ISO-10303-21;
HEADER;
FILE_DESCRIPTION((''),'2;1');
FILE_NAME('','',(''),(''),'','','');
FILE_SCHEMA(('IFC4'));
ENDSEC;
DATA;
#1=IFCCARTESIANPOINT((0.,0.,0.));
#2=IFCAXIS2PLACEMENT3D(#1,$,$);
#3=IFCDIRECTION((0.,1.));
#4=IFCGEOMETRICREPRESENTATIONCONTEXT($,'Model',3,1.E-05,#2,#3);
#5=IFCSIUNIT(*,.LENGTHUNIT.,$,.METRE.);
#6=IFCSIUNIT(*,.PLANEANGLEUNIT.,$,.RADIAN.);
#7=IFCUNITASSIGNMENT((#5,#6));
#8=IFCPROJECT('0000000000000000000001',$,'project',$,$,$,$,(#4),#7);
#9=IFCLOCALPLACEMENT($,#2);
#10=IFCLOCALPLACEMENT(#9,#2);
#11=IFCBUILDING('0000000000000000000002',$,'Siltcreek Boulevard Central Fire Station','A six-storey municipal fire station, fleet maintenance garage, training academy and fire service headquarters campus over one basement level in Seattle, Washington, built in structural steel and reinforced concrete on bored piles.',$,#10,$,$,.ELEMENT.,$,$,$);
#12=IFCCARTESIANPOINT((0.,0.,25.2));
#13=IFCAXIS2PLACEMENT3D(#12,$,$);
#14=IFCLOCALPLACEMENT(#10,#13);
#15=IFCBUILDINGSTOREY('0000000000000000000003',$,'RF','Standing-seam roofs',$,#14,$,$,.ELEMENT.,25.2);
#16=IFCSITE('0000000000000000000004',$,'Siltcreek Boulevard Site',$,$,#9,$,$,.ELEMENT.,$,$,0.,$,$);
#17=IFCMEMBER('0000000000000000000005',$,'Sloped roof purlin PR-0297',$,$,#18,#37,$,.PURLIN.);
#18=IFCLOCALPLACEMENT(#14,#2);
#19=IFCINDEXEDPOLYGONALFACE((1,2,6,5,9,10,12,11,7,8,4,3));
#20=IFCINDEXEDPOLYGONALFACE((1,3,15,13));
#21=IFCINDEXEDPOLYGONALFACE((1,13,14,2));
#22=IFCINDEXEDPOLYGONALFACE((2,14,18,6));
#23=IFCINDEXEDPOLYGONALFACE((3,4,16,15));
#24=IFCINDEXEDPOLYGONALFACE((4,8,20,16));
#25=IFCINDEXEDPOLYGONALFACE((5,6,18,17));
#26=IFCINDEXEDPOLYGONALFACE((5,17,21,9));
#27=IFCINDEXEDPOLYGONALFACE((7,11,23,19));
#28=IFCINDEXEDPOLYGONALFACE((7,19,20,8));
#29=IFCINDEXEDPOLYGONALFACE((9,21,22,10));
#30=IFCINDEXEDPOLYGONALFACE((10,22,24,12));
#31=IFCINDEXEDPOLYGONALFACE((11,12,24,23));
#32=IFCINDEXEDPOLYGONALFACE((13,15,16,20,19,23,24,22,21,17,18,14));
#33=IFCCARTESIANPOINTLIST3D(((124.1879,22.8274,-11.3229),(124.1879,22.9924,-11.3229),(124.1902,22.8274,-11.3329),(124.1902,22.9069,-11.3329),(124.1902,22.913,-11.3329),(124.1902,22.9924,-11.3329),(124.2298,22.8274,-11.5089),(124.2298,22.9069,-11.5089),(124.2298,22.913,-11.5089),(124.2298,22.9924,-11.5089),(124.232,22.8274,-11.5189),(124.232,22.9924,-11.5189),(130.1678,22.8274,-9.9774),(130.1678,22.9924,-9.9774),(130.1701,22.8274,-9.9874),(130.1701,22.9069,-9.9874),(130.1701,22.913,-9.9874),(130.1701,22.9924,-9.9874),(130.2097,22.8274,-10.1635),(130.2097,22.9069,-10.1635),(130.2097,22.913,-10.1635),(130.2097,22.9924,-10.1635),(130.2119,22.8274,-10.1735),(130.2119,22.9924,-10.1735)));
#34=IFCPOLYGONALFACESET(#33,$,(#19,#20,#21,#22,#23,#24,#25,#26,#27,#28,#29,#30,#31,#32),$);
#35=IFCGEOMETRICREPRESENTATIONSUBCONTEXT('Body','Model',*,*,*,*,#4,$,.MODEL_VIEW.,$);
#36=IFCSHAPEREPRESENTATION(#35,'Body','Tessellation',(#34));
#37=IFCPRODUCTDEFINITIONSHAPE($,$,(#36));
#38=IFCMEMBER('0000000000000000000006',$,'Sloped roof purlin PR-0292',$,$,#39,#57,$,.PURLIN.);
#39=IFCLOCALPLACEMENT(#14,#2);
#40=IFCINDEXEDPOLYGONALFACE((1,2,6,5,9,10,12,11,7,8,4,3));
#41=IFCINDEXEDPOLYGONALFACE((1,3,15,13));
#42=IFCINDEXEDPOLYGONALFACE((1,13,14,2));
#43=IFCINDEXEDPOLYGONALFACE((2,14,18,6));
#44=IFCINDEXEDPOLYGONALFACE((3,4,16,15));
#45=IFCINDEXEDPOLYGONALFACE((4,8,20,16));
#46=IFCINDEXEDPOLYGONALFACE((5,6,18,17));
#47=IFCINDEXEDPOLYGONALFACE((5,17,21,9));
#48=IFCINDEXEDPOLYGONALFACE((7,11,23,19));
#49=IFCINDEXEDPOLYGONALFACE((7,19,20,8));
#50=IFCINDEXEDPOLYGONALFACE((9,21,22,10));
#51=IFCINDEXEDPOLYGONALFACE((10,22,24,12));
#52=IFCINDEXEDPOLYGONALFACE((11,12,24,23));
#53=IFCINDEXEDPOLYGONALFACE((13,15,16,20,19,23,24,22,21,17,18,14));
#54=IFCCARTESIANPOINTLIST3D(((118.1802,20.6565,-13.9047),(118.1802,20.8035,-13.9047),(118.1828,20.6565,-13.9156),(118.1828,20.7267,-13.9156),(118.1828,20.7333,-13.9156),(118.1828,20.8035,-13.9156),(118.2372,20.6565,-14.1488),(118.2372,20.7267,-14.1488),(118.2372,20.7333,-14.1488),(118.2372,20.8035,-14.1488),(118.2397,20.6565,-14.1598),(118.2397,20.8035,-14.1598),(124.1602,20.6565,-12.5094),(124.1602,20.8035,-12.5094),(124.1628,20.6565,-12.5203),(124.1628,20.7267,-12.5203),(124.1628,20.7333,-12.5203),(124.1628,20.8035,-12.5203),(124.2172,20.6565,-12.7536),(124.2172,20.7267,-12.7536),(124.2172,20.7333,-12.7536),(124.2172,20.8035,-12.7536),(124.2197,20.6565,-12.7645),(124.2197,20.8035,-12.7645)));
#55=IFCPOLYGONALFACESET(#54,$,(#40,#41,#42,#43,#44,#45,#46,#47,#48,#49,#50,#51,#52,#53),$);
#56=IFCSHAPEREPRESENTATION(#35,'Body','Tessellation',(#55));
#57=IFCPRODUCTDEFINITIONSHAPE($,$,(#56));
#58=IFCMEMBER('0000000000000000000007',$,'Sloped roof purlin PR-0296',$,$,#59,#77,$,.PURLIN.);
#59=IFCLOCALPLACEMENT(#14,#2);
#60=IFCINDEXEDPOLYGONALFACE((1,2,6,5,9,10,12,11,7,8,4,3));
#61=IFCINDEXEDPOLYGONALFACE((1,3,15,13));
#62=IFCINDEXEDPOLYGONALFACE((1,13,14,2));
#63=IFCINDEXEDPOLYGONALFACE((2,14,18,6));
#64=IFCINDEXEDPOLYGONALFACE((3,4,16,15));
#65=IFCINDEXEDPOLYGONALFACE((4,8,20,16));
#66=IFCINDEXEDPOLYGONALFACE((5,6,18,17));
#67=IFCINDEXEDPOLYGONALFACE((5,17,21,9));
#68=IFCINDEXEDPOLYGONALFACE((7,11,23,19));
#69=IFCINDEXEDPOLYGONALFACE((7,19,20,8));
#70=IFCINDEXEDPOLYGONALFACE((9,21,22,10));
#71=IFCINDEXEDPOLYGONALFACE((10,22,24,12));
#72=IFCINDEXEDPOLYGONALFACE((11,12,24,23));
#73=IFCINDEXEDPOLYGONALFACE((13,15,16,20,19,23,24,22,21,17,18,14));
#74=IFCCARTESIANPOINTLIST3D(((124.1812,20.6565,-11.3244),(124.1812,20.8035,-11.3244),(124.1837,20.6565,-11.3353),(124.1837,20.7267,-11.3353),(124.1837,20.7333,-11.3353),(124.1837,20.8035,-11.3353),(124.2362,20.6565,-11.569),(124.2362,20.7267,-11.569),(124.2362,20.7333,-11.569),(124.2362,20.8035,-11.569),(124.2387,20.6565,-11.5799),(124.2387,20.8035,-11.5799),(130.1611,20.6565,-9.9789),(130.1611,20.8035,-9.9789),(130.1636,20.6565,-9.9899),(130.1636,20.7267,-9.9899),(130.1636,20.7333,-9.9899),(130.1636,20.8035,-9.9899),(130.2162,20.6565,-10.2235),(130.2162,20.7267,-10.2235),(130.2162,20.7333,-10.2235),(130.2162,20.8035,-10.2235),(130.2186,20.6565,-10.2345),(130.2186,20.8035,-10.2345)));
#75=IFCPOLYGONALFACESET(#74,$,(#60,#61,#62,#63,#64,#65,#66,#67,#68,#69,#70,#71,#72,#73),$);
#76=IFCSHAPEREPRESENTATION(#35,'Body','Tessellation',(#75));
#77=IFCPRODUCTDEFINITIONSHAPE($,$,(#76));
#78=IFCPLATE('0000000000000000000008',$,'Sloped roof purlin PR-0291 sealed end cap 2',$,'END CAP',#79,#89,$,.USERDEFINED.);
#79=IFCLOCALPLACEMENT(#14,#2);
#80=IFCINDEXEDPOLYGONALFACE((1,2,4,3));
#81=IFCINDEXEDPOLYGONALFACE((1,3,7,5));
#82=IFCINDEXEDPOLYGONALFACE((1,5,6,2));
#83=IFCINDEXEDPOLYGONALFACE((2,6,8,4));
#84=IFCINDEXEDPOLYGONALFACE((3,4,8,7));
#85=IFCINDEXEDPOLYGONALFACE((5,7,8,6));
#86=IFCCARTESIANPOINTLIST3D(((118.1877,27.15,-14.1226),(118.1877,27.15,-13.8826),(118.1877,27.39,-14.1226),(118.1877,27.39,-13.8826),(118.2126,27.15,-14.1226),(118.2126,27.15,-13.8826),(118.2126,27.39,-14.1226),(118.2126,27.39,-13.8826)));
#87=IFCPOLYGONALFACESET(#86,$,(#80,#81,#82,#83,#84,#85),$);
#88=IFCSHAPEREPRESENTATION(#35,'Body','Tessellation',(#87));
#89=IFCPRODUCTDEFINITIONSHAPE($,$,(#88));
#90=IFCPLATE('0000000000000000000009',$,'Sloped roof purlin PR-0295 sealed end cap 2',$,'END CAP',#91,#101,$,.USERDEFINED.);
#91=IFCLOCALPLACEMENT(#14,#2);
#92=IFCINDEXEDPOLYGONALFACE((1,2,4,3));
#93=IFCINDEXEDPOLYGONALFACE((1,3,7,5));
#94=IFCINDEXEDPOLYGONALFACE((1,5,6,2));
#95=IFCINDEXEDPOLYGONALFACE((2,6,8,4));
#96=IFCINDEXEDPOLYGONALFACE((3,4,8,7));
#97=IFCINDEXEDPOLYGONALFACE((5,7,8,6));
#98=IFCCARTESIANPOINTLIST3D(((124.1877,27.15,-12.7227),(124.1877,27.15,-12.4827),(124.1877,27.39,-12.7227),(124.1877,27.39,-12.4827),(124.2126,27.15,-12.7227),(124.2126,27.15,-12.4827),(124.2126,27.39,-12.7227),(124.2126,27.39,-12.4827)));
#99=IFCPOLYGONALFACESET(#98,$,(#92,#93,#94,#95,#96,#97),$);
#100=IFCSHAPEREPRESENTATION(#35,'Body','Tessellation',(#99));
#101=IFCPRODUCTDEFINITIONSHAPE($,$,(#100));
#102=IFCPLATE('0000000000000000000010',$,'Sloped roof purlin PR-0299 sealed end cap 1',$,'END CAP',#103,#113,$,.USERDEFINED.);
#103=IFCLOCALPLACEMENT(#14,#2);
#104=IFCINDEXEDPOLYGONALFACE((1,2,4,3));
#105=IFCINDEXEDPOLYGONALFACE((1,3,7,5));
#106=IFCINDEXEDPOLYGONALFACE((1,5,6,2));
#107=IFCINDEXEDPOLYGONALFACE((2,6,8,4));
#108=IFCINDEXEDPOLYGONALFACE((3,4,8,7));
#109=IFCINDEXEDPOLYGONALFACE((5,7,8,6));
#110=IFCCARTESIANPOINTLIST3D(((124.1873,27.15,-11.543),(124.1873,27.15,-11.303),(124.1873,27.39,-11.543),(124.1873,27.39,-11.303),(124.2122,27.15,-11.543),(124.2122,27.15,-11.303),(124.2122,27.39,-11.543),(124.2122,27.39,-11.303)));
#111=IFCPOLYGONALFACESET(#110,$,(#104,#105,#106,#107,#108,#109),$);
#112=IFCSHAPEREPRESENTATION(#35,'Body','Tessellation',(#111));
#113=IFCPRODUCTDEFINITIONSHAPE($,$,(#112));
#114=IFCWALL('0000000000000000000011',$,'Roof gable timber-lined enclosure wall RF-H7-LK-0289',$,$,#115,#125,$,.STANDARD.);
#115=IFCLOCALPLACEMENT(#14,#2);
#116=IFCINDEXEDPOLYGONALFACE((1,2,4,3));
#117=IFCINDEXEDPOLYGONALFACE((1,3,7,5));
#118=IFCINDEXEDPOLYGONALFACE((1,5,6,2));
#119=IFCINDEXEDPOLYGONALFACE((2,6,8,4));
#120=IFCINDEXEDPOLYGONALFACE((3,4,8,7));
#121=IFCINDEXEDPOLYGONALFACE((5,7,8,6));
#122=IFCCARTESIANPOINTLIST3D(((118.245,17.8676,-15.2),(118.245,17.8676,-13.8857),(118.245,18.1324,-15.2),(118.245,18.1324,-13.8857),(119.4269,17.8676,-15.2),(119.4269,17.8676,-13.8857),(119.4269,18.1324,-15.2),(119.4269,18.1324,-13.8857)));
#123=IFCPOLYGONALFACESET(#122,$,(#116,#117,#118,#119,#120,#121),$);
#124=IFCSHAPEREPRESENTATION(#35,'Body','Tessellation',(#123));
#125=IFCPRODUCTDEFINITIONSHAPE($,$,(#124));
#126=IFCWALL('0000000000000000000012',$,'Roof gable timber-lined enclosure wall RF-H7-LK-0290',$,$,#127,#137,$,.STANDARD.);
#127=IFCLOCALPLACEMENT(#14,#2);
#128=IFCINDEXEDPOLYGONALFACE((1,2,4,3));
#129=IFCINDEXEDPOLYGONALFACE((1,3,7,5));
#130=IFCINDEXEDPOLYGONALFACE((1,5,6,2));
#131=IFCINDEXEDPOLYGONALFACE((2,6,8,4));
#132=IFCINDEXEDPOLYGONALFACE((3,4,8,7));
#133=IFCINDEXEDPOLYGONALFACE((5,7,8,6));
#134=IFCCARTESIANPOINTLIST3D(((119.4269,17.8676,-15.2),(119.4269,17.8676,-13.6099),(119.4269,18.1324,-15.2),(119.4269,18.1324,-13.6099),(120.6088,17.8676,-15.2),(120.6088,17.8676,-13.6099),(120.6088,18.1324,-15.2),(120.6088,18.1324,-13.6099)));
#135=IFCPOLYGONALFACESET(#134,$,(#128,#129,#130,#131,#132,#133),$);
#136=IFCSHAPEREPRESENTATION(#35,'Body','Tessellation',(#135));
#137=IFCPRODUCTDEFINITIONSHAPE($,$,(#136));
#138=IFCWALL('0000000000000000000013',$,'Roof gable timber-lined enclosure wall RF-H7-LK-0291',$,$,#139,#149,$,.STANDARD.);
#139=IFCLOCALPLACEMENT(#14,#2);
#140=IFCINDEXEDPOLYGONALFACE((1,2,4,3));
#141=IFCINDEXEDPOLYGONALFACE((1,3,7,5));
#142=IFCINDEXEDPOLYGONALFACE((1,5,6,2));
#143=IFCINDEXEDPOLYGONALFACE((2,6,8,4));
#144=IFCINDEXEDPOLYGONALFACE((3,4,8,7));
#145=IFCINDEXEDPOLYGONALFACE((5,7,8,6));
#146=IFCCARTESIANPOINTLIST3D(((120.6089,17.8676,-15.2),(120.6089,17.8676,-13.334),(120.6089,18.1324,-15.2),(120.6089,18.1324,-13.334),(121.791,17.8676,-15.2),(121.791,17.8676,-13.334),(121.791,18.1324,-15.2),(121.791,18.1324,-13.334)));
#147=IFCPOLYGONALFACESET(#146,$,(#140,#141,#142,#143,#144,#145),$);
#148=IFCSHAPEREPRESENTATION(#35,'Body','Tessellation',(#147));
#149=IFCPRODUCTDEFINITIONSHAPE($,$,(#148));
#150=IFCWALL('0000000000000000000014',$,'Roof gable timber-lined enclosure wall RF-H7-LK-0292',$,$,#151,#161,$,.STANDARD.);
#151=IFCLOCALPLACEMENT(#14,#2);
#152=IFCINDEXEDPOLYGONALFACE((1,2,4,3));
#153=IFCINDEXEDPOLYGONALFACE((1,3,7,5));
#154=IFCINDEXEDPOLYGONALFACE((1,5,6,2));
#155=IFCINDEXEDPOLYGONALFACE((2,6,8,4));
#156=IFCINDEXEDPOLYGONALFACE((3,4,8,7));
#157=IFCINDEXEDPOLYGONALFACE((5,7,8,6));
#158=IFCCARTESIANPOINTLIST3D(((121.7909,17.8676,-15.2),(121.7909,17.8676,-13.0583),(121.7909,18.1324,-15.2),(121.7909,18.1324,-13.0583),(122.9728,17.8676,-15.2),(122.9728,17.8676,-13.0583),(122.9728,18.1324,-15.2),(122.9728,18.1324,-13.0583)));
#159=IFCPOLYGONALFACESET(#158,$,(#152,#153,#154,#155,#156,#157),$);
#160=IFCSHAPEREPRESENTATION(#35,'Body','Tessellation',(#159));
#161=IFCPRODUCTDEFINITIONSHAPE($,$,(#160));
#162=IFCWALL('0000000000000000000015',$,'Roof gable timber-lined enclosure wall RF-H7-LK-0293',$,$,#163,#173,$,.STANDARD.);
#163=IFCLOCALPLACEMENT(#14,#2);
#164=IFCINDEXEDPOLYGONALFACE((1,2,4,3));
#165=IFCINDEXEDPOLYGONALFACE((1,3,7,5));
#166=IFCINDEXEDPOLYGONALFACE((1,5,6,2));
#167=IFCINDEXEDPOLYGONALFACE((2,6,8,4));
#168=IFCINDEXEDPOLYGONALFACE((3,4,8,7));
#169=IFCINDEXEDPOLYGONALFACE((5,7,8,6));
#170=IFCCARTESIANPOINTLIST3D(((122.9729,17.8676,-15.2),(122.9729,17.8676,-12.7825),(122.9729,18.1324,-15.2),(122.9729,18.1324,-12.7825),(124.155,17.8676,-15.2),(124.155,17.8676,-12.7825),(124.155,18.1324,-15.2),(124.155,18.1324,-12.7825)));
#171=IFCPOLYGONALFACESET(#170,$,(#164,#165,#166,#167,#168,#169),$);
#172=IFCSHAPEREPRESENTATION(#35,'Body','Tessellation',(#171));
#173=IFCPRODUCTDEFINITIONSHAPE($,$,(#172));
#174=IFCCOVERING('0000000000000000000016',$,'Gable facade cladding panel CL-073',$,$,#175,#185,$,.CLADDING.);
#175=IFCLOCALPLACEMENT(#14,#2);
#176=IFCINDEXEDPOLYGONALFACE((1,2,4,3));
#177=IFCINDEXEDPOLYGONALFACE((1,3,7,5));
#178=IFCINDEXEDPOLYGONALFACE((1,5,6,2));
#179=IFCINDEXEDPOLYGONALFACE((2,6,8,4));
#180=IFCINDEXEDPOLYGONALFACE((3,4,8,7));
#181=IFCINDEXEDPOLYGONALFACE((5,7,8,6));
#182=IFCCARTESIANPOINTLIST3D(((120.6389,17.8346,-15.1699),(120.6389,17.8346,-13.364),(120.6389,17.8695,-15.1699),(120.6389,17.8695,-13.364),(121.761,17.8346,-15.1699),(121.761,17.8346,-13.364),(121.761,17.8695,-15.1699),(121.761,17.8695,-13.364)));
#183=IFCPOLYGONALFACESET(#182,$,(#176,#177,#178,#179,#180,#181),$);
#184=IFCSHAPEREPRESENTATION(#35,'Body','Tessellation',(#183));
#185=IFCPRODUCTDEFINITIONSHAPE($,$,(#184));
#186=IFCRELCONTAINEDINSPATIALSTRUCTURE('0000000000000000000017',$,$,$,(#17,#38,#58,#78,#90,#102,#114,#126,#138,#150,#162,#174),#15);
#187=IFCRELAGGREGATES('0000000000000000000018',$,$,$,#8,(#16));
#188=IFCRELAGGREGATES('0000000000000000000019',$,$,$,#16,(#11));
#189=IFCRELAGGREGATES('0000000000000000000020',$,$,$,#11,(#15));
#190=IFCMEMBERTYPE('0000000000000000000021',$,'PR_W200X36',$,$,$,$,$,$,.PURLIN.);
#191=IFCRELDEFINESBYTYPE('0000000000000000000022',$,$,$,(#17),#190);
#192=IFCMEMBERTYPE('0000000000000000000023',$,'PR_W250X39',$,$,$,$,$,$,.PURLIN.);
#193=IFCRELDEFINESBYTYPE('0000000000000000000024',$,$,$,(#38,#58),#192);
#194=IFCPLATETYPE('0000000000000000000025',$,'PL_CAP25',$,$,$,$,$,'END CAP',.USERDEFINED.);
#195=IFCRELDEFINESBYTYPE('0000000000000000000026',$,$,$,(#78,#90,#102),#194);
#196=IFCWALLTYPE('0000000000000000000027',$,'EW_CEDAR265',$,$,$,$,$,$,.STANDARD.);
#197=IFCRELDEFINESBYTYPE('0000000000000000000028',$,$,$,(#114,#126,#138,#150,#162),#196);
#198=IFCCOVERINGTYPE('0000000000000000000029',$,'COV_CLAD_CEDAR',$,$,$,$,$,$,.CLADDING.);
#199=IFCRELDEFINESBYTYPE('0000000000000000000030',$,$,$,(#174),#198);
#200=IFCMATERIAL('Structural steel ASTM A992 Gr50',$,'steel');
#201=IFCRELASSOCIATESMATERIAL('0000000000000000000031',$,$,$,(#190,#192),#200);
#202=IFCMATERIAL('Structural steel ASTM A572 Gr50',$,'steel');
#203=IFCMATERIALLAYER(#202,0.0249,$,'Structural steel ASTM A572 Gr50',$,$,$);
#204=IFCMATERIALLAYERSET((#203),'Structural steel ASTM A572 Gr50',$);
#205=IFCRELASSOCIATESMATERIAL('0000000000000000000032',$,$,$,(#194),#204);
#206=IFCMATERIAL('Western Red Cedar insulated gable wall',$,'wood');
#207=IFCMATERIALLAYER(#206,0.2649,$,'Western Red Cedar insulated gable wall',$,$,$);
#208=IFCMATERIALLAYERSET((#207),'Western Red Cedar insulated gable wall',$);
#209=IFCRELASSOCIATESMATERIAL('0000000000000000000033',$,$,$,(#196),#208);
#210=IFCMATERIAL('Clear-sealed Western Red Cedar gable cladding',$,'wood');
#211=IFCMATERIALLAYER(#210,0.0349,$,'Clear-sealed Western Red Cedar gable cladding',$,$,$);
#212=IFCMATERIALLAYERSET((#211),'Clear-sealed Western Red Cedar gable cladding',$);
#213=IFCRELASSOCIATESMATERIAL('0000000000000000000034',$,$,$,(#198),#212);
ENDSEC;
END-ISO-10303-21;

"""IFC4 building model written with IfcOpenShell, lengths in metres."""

from ifc_helpers import new_model, si_unit, direction, frame, frame_2d, origin, origin_2d, place, context, subcontext, project, spatial, rectangle, i_section, extrude, material, layer, layer_set, material_profile, profile_set, type_object, element, save


model = new_model("IFC4")

# Units and contexts
model_context = context("Model", 3, precision=1e-05, world=origin(), true_north=direction((0.0, 1.0)))
body_context = subcontext(model_context, "Body", "Model", "MODEL_VIEW")
ifc_project = project(units=[si_unit("LENGTHUNIT", "METRE"), si_unit("PLANEANGLEUNIT", "RADIAN")], contexts=[model_context])

# Site, building, storey
site_placement = place(None, origin())
site = spatial("IfcSite", under=ifc_project, at=site_placement, Name="Siltcreek Boulevard Site", CompositionType="ELEMENT", RefElevation=0.0)
building_placement = place(site_placement, origin())
building = spatial("IfcBuilding", under=site, at=building_placement, Name="Siltcreek Boulevard Central Fire Station", Description="A six-storey municipal fire station, fleet maintenance garage, training academy and fire service headquarters campus over one basement level in Seattle, Washington, built in structural steel and reinforced concrete on bored piles.", CompositionType="ELEMENT")
storey_placement = place(building_placement, frame((0.0, 0.0, 25.2)))
storey = spatial("IfcBuildingStorey", under=building, at=storey_placement, Name="RF", Description="Standing-seam roofs", CompositionType="ELEMENT", Elevation=25.2)

# Shared definitions
ifc_material_1 = material(Name="Structural steel ASTM A992 Gr50", Category="steel")

# Members
ifc_material_profile_1 = material_profile(ifc_material_1, i_section(OverallWidth=0.165, OverallDepth=0.2009, WebThickness=0.0061, FlangeThickness=0.0103, at=origin_2d()), Name="W200X36")
ifc_profile_set_1 = profile_set([ifc_material_profile_1], Name="Structural steel ASTM A992 Gr50")
member_type_1 = type_object("IfcMemberType", Name="PR_W200X36", PredefinedType="PURLIN", material=ifc_profile_set_1)
member_1_placement = place(storey_placement, frame((124.21, 22.9099, -11.4209), z_axis=(0.975611, 0.0, 0.219507), x_axis=(0.0, 1.0, 0.0)))
element("IfcMember", 1, at=member_1_placement, inside=storey, type_object=member_type_1, Name="Sloped roof purlin PR-0297", PredefinedType="PURLIN", context=body_context, shape_type="SweptSolid", body=[
    extrude(i_section(OverallWidth=0.165, OverallDepth=0.2009, WebThickness=0.0061, FlangeThickness=0.0103, at=origin_2d()), origin(), (0.0, 0.0, 1.0), 6.1294),
])
ifc_material_profile_2 = material_profile(ifc_material_1, i_section(OverallWidth=0.147, OverallDepth=0.262, WebThickness=0.0066, FlangeThickness=0.0112, at=origin_2d()), Name="W250X39")
ifc_profile_set_2 = profile_set([ifc_material_profile_2], Name="Structural steel ASTM A992 Gr50")
member_type_2 = type_object("IfcMemberType", Name="PR_W250X39", PredefinedType="PURLIN", material=ifc_profile_set_2)
member_2_placement = place(storey_placement, frame((118.21, 20.73, -14.0322), z_axis=(0.973844, 0.0, 0.22722), x_axis=(0.0, 1.0, 0.0)))
element("IfcMember", 2, at=member_2_placement, inside=storey, type_object=member_type_2, Name="Sloped roof purlin PR-0292", PredefinedType="PURLIN", context=body_context, shape_type="SweptSolid", body=[
    extrude(i_section(OverallWidth=0.147, OverallDepth=0.262, WebThickness=0.0066, FlangeThickness=0.0112, at=origin_2d()), origin(), (0.0, 0.0, 1.0), 6.1406),
])
member_3_placement = place(storey_placement, frame((124.21, 20.73, -11.4521), z_axis=(0.975611, 0.0, 0.219507), x_axis=(0.0, 1.0, 0.0)))
element("IfcMember", 3, at=member_3_placement, inside=storey, type_object=member_type_2, Name="Sloped roof purlin PR-0296", PredefinedType="PURLIN", context=body_context, shape_type="SweptSolid", body=[
    extrude(i_section(OverallWidth=0.147, OverallDepth=0.262, WebThickness=0.0066, FlangeThickness=0.0112, at=origin_2d()), origin(), (0.0, 0.0, 1.0), 6.1294),
])

# Plates
ifc_material_2 = material(Name="Structural steel ASTM A572 Gr50", Category="steel")
ifc_layer_1 = layer(ifc_material_2, 0.0249, Name="Structural steel ASTM A572 Gr50")
ifc_layer_set_1 = layer_set([ifc_layer_1], Name="Structural steel ASTM A572 Gr50")
plate_type = type_object("IfcPlateType", Name="PL_CAP25", ElementType="END CAP", PredefinedType="USERDEFINED", material=ifc_layer_set_1)
for number, where, z_axis, x_axis, name in (
    (4, (118.2002, 27.27, -14.1226), (0.0, 0.0, 1.0), (1.0, 0.0, 0.0), "Sloped roof purlin PR-0291 sealed end cap 2"),
    (5, (124.2002, 27.27, -12.7227), (0.0, 0.0, 1.0), (1.0, 0.0, 0.0), "Sloped roof purlin PR-0295 sealed end cap 2"),
    (6, (124.1997, 27.27, -11.543), (0.0, 0.0, 1.0), (1.0, 0.0, 0.0), "Sloped roof purlin PR-0299 sealed end cap 1"),
):
    element("IfcPlate", number, at=place(storey_placement, frame(where, z_axis=z_axis, x_axis=x_axis)), inside=storey, type_object=plate_type, Name=name, ObjectType="END CAP", PredefinedType="USERDEFINED", context=body_context, shape_type="SweptSolid", body=[
        extrude(rectangle(XDim=0.0249, YDim=0.24, at=origin_2d()), origin(), (0.0, 0.0, 1.0), 0.24),
    ])

# Walls
ifc_material_3 = material(Name="Western Red Cedar insulated gable wall", Category="wood")
ifc_layer_2 = layer(ifc_material_3, 0.2649, Name="Western Red Cedar insulated gable wall")
ifc_layer_set_2 = layer_set([ifc_layer_2], Name="Western Red Cedar insulated gable wall")
wall_type = type_object("IfcWallType", Name="EW_CEDAR265", PredefinedType="STANDARD", material=ifc_layer_set_2)
wall_1_placement = place(storey_placement, frame((118.2451, 18.0, -15.2), z_axis=(0.0, 0.0, 1.0), x_axis=(1.0, 0.0, 0.0)))
element("IfcWall", 7, at=wall_1_placement, inside=storey, type_object=wall_type, Name="Roof gable timber-lined enclosure wall RF-H7-LK-0289", PredefinedType="STANDARD", context=body_context, shape_type="SweptSolid", body=[
    extrude(rectangle(XDim=1.1819, YDim=0.2649, at=frame_2d((0.5908, 0.0))), origin(), (0.0, 0.0, 1.0), 1.3142),
])
wall_2_placement = place(storey_placement, frame((119.427, 18.0, -15.2), z_axis=(0.0, 0.0, 1.0), x_axis=(1.0, 0.0, 0.0)))
element("IfcWall", 8, at=wall_2_placement, inside=storey, type_object=wall_type, Name="Roof gable timber-lined enclosure wall RF-H7-LK-0290", PredefinedType="STANDARD", context=body_context, shape_type="SweptSolid", body=[
    extrude(rectangle(XDim=1.1819, YDim=0.2649, at=frame_2d((0.5908, 0.0))), origin(), (0.0, 0.0, 1.0), 1.5901),
])
wall_3_placement = place(storey_placement, frame((120.6089, 18.0, -15.2), z_axis=(0.0, 0.0, 1.0), x_axis=(1.0, 0.0, 0.0)))
element("IfcWall", 9, at=wall_3_placement, inside=storey, type_object=wall_type, Name="Roof gable timber-lined enclosure wall RF-H7-LK-0291", PredefinedType="STANDARD", context=body_context, shape_type="SweptSolid", body=[
    extrude(rectangle(XDim=1.1821, YDim=0.2649, at=frame_2d((0.5911, 0.0))), origin(), (0.0, 0.0, 1.0), 1.866),
])
wall_4_placement = place(storey_placement, frame((121.791, 18.0, -15.2), z_axis=(0.0, 0.0, 1.0), x_axis=(1.0, 0.0, 0.0)))
element("IfcWall", 10, at=wall_4_placement, inside=storey, type_object=wall_type, Name="Roof gable timber-lined enclosure wall RF-H7-LK-0292", PredefinedType="STANDARD", context=body_context, shape_type="SweptSolid", body=[
    extrude(rectangle(XDim=1.1819, YDim=0.2649, at=frame_2d((0.5908, 0.0))), origin(), (0.0, 0.0, 1.0), 2.1416),
])
wall_5_placement = place(storey_placement, frame((122.9729, 18.0, -15.2), z_axis=(0.0, 0.0, 1.0), x_axis=(1.0, 0.0, 0.0)))
element("IfcWall", 11, at=wall_5_placement, inside=storey, type_object=wall_type, Name="Roof gable timber-lined enclosure wall RF-H7-LK-0293", PredefinedType="STANDARD", context=body_context, shape_type="SweptSolid", body=[
    extrude(rectangle(XDim=1.1821, YDim=0.2649, at=frame_2d((0.5911, 0.0))), origin(), (0.0, 0.0, 1.0), 2.4175),
])

# Covering
ifc_material_4 = material(Name="Clear-sealed Western Red Cedar gable cladding", Category="wood")
ifc_layer_3 = layer(ifc_material_4, 0.0349, Name="Clear-sealed Western Red Cedar gable cladding")
ifc_layer_set_3 = layer_set([ifc_layer_3], Name="Clear-sealed Western Red Cedar gable cladding")
covering_type = type_object("IfcCoveringType", Name="COV_CLAD_CEDAR", PredefinedType="CLADDING", material=ifc_layer_set_3)
covering_placement = place(storey_placement, frame((121.2, 17.8521, -15.1699), z_axis=(0.0, 0.0, 1.0), x_axis=(1.0, 0.0, 0.0)))
element("IfcCovering", 12, at=covering_placement, inside=storey, type_object=covering_type, Name="Gable facade cladding panel CL-073", PredefinedType="CLADDING", context=body_context, shape_type="SweptSolid", body=[
    extrude(rectangle(XDim=1.1221, YDim=0.0349, at=origin_2d()), origin(), (0.0, 0.0, 1.0), 1.8059),
])

save(model, "model.ifc")
